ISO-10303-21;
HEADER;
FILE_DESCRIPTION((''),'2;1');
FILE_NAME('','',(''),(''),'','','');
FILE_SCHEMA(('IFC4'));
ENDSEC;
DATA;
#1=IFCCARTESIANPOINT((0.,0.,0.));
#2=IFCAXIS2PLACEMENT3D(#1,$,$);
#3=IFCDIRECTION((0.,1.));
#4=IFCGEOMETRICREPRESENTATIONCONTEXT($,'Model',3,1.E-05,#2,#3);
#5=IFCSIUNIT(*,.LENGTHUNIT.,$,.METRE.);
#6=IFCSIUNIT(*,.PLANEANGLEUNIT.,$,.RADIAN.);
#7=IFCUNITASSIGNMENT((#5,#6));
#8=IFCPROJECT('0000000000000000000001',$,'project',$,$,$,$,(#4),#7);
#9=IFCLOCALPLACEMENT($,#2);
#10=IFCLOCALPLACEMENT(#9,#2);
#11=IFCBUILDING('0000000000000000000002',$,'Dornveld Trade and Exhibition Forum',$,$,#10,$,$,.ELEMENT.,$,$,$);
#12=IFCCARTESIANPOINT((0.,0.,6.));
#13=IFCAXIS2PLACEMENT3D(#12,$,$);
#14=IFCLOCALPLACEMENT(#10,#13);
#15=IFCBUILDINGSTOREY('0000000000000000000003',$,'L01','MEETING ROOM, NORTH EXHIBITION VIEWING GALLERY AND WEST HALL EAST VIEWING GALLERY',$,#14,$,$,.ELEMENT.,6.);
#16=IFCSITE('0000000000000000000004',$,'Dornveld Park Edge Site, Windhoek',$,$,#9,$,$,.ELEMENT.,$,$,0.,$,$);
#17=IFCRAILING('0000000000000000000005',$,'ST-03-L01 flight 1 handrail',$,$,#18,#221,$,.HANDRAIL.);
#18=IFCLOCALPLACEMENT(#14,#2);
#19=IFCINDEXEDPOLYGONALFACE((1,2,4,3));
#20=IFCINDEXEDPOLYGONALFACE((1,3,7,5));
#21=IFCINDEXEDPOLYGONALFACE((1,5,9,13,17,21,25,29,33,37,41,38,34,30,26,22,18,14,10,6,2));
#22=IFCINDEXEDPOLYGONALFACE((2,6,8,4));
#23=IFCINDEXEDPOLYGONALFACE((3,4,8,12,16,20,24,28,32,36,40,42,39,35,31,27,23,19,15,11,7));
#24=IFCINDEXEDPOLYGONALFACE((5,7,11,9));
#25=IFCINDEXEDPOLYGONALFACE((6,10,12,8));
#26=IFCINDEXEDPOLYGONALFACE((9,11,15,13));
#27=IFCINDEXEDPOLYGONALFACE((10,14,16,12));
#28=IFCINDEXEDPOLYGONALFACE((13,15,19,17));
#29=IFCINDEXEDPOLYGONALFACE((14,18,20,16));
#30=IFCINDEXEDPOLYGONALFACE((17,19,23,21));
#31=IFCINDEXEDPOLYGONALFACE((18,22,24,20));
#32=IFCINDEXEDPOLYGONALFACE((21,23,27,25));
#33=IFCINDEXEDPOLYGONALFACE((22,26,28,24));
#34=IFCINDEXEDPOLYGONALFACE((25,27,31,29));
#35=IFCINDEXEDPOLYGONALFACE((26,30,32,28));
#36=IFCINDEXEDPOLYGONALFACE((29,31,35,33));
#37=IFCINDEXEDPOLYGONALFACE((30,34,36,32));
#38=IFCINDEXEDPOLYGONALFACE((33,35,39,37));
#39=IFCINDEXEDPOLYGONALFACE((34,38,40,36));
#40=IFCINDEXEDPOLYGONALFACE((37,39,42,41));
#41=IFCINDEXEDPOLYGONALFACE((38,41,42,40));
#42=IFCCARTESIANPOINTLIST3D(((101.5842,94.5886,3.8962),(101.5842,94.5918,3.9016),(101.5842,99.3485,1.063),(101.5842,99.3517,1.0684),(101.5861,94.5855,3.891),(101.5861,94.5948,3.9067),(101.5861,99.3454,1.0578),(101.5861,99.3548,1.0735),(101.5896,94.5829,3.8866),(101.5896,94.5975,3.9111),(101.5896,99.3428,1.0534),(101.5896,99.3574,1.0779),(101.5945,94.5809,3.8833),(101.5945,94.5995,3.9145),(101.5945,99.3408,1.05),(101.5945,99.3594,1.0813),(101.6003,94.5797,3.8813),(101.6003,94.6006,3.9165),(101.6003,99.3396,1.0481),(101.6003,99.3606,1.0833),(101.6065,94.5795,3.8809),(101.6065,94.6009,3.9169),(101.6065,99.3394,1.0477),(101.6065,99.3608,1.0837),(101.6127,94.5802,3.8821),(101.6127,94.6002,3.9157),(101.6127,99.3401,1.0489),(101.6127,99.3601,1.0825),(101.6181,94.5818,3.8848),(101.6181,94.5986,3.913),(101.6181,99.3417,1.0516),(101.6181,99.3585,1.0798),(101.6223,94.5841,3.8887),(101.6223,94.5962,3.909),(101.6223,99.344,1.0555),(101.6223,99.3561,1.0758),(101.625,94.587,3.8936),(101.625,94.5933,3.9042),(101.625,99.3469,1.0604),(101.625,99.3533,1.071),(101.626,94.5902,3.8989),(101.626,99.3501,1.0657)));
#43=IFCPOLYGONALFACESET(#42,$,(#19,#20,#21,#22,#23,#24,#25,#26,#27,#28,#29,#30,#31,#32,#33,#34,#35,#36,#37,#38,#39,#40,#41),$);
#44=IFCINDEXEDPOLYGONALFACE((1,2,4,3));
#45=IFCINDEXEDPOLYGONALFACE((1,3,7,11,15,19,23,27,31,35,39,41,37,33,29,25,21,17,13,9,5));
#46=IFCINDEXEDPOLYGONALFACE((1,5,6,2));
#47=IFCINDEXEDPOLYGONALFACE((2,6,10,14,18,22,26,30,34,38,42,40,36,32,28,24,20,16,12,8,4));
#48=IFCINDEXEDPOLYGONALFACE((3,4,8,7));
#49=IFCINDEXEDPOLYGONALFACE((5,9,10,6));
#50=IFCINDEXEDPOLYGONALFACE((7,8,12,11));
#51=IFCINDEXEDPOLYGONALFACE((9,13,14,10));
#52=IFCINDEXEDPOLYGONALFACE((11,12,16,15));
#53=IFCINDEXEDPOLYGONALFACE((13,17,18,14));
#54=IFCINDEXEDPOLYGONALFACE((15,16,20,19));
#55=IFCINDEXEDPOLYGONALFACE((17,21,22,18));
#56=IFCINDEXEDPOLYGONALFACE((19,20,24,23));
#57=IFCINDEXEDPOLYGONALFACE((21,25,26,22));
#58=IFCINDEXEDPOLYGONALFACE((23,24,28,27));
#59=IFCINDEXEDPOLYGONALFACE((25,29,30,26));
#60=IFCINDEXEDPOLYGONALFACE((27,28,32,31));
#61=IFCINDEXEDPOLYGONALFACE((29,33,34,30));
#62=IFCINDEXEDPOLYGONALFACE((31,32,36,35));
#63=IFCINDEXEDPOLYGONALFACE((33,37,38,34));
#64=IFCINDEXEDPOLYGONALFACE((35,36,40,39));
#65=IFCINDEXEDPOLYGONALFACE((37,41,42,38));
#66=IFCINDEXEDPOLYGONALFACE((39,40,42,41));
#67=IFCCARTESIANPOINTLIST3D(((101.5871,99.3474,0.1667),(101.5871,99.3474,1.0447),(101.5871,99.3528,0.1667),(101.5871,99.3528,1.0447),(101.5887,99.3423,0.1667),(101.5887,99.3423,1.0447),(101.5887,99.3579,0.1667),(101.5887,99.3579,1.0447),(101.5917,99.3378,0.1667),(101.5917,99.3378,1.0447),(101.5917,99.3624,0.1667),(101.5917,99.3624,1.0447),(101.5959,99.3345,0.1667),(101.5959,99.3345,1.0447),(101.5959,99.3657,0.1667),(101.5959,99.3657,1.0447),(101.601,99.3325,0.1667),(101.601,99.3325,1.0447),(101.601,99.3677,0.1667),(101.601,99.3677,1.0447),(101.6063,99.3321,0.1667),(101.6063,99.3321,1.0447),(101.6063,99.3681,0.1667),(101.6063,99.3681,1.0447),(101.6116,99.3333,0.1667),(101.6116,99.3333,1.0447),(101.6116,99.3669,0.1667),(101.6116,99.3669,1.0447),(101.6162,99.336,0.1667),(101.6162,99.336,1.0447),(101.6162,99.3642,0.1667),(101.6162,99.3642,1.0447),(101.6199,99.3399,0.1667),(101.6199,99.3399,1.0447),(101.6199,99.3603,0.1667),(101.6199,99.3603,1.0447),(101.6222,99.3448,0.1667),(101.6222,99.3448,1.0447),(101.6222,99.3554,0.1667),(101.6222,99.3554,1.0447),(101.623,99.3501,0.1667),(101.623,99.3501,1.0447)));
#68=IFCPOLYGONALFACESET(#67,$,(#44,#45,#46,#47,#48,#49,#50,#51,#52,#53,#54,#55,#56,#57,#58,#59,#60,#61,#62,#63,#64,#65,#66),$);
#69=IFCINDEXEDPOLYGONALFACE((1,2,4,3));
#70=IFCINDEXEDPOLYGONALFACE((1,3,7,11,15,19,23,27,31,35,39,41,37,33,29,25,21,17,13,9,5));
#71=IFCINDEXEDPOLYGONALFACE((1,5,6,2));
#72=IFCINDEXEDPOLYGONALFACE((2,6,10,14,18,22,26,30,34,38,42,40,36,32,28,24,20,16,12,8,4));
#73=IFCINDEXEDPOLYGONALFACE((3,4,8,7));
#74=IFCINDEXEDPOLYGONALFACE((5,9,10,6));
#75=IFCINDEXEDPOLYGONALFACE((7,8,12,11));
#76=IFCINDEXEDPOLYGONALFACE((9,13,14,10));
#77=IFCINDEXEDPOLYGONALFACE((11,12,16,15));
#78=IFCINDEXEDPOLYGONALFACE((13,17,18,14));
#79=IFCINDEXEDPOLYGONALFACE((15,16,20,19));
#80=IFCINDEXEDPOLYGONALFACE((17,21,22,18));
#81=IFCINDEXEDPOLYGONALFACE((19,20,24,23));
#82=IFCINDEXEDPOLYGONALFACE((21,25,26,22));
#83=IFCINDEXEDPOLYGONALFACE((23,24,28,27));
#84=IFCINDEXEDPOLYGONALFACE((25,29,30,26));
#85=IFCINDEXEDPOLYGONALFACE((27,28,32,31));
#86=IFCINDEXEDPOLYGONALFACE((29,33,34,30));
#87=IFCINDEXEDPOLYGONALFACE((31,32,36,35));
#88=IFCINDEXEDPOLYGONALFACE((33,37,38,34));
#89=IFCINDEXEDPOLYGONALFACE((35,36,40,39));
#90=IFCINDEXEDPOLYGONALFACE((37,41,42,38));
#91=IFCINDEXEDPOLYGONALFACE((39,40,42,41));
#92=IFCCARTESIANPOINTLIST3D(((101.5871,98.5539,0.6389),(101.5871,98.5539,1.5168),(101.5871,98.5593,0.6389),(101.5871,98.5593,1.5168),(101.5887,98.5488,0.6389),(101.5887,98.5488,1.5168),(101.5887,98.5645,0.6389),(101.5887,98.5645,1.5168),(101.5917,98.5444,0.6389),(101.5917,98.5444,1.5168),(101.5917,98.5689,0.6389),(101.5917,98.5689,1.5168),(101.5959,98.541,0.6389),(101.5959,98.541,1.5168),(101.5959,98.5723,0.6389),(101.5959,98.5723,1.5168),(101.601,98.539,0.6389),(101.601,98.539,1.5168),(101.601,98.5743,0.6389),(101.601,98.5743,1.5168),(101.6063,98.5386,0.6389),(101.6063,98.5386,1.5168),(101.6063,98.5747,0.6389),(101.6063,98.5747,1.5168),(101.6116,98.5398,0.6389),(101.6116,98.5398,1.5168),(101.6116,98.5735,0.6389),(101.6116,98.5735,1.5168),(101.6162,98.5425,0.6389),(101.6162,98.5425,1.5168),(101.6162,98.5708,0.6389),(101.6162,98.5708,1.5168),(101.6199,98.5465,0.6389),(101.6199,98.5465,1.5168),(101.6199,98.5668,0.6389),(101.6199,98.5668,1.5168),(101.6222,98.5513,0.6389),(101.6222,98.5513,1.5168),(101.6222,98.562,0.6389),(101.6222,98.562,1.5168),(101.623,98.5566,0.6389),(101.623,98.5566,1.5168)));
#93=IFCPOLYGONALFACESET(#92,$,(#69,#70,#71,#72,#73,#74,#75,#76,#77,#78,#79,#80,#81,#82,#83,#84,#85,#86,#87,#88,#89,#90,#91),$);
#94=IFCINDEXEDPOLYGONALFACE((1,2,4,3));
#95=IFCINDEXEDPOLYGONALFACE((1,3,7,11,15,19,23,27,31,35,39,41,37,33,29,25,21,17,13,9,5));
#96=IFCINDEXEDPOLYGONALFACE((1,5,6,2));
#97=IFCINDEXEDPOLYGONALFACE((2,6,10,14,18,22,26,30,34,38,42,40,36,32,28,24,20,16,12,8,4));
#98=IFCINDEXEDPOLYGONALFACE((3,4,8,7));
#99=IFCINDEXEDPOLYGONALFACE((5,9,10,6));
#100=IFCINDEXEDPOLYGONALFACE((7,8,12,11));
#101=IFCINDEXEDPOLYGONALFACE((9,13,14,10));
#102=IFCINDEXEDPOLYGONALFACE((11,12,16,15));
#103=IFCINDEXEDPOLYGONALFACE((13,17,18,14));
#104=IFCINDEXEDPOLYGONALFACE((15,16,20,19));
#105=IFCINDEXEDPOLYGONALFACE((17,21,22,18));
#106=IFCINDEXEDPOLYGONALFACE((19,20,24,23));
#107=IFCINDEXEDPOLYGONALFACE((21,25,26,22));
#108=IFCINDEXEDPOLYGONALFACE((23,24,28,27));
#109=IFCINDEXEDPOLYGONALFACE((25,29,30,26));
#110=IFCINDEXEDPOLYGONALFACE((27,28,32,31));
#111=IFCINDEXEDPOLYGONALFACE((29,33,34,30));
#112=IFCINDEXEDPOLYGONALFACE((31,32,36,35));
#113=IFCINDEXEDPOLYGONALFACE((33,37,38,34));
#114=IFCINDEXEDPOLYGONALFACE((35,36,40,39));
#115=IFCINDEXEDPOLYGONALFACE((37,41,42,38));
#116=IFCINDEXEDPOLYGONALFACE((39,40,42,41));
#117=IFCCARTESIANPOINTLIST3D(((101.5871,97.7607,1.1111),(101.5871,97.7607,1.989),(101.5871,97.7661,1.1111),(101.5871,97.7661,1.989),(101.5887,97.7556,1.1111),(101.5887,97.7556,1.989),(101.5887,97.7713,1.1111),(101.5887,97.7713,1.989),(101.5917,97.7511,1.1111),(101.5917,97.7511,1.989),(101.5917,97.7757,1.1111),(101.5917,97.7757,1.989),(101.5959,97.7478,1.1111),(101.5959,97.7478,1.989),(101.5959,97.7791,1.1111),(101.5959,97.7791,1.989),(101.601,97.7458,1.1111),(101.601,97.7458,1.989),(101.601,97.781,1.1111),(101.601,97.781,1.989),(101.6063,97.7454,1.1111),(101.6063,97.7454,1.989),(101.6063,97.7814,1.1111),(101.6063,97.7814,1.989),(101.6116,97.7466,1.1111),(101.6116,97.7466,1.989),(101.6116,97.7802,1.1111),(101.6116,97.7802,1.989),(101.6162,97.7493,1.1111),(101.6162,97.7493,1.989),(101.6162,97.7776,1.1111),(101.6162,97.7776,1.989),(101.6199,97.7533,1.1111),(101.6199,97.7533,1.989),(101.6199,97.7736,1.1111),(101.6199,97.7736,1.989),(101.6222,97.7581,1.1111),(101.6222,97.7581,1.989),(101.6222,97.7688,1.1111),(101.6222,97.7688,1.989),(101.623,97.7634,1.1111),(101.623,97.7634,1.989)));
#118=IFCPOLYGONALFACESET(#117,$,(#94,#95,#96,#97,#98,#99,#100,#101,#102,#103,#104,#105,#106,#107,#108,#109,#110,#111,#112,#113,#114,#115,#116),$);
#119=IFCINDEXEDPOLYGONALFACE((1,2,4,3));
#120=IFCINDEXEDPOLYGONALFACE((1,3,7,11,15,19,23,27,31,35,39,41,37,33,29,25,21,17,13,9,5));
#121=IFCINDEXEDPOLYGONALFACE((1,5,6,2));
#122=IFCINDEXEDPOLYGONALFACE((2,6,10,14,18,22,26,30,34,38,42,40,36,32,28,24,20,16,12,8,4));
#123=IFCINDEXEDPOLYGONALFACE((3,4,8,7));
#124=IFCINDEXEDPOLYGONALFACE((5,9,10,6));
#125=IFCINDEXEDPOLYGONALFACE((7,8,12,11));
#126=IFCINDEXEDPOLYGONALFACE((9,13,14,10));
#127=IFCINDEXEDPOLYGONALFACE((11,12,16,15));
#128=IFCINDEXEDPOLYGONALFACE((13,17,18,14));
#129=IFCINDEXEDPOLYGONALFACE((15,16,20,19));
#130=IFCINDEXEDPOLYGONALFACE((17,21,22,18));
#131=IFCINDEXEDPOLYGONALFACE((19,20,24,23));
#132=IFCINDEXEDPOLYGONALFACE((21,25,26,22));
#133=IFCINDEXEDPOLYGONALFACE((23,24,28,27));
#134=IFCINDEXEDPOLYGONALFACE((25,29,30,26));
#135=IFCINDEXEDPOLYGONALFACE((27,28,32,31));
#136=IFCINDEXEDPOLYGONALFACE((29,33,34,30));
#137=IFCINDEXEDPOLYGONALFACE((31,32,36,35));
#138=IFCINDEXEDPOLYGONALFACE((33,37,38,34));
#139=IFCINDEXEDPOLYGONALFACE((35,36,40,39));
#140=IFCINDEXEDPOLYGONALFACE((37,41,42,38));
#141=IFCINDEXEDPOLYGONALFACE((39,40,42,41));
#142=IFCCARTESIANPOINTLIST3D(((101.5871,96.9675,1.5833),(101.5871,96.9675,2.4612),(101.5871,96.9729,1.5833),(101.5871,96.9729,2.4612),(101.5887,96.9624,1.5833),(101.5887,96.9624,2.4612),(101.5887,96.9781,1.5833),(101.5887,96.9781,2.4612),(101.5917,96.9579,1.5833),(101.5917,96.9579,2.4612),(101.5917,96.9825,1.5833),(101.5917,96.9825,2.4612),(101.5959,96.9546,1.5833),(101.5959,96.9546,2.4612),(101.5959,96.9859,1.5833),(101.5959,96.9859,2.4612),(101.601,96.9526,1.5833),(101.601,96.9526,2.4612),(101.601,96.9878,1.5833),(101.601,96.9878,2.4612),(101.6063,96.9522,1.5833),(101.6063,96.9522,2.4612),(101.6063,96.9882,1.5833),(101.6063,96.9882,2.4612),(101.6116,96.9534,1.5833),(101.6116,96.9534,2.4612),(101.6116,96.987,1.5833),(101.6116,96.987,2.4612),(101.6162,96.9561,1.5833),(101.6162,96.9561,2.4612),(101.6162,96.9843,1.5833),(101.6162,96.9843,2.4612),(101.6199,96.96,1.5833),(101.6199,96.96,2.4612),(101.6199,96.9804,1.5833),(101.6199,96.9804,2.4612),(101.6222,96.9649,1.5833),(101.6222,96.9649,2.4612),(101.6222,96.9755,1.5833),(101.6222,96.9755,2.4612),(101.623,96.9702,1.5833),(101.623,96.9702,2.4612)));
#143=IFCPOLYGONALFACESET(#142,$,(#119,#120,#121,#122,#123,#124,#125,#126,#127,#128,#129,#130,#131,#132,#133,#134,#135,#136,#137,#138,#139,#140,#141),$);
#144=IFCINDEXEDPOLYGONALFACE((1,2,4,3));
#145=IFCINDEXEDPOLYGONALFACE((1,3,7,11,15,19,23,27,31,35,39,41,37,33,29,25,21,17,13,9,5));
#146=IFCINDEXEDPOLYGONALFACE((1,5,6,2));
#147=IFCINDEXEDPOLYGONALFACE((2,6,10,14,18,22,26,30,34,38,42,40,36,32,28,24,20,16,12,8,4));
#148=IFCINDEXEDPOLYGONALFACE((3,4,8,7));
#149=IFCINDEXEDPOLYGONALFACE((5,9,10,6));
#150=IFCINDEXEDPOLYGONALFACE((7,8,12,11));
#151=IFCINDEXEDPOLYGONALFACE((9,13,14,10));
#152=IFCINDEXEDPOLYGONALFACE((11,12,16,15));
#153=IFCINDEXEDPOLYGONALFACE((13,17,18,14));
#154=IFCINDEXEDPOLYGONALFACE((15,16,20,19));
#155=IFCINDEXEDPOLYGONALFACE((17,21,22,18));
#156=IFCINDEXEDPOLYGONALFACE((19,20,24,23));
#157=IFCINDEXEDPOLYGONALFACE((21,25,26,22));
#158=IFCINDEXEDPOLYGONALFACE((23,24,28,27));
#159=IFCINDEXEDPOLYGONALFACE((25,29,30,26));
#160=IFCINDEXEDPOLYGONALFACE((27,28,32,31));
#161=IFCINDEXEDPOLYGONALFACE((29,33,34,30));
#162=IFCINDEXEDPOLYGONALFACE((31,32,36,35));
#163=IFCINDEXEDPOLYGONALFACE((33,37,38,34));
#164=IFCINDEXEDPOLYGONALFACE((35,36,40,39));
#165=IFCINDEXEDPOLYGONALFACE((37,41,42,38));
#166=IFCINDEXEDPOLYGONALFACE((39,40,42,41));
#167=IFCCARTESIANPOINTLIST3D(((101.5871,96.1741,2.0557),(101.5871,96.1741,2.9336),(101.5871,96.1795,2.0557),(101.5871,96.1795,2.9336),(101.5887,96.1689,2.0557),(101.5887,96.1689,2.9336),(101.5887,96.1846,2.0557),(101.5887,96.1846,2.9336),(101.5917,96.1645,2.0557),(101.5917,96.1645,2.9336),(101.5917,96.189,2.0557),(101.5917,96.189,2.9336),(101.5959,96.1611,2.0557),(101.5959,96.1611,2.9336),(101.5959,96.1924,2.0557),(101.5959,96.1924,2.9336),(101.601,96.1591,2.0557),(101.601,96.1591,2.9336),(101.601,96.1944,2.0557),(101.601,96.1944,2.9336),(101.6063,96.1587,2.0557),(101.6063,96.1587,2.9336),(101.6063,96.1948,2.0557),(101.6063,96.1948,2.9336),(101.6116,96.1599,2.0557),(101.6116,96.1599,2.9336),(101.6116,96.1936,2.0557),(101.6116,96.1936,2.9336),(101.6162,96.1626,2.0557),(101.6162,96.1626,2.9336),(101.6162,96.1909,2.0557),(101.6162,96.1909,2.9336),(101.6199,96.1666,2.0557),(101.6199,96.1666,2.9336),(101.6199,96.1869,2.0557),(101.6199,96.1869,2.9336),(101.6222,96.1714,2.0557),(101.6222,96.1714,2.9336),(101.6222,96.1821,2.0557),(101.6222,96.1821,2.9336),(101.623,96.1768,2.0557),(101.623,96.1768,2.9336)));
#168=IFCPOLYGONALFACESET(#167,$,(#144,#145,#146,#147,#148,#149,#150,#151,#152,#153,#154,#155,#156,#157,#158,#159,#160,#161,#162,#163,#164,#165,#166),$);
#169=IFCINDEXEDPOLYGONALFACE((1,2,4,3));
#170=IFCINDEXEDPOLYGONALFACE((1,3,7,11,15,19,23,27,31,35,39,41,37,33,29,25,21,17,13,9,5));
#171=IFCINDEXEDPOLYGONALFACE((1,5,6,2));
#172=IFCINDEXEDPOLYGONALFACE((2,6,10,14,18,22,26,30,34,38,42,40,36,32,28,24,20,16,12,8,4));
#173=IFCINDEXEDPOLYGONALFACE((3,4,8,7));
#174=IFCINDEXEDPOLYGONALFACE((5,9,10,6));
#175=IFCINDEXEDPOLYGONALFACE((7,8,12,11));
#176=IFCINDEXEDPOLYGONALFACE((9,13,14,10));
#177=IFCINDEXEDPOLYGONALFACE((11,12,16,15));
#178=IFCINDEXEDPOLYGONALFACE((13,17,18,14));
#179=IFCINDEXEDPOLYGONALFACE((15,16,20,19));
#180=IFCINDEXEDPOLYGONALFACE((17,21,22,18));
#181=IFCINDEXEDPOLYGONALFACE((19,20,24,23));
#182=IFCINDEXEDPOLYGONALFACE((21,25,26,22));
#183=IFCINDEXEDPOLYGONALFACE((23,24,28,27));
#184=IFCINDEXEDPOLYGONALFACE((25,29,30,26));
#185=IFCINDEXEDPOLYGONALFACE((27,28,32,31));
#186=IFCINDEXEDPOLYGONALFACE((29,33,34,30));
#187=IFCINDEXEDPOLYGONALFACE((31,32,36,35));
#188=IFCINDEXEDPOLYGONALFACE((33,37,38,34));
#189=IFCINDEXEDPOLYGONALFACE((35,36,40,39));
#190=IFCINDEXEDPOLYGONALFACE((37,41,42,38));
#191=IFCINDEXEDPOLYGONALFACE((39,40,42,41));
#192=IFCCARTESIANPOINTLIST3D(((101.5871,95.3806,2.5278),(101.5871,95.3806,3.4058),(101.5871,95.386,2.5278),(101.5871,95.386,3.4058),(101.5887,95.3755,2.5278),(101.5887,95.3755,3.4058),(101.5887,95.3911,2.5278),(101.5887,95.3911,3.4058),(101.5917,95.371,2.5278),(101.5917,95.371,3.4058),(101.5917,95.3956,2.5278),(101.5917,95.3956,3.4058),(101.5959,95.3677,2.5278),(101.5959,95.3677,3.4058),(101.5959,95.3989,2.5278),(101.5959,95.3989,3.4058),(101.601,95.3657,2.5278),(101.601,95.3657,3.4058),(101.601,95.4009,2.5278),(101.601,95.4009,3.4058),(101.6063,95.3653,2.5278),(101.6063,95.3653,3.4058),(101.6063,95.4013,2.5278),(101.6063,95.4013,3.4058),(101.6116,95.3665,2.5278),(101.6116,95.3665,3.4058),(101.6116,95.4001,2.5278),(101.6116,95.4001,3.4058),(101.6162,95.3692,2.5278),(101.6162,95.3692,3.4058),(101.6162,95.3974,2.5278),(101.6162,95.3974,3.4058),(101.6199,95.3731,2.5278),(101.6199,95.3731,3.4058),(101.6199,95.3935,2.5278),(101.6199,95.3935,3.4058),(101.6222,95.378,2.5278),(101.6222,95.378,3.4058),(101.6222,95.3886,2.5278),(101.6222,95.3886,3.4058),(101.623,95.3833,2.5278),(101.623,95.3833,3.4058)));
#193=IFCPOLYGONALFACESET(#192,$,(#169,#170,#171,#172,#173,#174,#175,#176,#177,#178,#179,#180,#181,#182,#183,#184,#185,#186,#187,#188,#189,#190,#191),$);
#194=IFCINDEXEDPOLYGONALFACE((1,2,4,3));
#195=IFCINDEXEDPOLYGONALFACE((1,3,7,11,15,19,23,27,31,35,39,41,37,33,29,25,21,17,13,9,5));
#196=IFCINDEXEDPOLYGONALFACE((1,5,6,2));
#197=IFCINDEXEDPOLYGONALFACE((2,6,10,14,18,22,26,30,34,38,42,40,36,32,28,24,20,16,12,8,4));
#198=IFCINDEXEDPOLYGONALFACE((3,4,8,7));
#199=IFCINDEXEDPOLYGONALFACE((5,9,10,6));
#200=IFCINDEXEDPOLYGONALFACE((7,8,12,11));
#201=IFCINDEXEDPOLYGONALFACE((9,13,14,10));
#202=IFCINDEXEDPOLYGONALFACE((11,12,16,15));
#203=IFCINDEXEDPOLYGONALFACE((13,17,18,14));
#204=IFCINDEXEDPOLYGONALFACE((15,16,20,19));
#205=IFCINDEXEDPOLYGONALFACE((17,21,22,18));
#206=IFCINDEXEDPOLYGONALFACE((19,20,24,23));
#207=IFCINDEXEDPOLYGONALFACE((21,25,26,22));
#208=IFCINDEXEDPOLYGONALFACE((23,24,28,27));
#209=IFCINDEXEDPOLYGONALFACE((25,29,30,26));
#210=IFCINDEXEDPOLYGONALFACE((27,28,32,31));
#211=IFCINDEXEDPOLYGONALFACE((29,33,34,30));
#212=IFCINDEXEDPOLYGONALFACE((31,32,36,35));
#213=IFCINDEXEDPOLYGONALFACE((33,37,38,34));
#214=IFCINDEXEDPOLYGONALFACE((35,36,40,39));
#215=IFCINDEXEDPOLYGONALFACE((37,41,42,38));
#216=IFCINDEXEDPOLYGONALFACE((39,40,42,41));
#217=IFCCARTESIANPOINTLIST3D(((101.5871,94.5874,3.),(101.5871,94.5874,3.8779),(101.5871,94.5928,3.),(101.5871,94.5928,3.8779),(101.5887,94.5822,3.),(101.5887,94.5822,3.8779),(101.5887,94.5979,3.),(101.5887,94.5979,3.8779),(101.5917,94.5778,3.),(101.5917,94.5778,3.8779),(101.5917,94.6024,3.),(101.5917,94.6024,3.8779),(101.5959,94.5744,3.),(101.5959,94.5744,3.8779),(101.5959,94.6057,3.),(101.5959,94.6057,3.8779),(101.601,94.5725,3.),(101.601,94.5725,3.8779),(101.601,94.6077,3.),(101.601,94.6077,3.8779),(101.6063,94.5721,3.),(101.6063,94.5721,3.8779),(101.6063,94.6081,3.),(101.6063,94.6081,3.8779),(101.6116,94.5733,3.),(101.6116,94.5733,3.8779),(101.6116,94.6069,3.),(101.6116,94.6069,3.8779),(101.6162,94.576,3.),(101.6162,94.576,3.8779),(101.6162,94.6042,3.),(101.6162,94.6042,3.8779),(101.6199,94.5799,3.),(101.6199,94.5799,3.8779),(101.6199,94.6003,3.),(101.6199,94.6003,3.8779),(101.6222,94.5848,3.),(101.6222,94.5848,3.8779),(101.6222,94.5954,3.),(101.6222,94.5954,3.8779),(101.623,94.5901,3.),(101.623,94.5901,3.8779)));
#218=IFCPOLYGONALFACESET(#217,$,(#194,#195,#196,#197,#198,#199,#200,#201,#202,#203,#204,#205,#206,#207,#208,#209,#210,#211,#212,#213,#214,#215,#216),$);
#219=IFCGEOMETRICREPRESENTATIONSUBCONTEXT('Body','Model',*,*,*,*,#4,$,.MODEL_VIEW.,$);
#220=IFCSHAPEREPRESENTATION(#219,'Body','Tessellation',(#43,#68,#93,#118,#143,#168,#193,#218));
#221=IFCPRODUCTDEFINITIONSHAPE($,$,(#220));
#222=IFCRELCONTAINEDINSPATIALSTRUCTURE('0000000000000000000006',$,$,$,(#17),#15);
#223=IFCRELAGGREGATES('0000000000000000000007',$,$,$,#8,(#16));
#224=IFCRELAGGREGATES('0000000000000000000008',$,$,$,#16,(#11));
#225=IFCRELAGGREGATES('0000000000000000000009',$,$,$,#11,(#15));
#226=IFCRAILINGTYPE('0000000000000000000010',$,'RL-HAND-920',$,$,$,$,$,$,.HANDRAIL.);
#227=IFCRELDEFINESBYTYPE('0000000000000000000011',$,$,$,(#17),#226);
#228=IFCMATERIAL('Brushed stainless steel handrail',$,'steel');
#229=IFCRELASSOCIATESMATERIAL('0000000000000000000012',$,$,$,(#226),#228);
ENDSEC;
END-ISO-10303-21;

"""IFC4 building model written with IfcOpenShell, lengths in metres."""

from ifc_helpers import new_model, si_unit, direction, frame, origin, origin_2d, place, context, subcontext, project, spatial, circle, extrude, material, type_object, element, save


model = new_model("IFC4")

# Units and contexts
model_context = context("Model", 3, precision=1e-05, world=origin(), true_north=direction((0.0, 1.0)))
body_context = subcontext(model_context, "Body", "Model", "MODEL_VIEW")
ifc_project = project(units=[si_unit("LENGTHUNIT", "METRE"), si_unit("PLANEANGLEUNIT", "RADIAN")], contexts=[model_context])

# Site, building, storey
site_placement = place(None, origin())
site = spatial("IfcSite", under=ifc_project, at=site_placement, Name="Dornveld Park Edge Site, Windhoek", CompositionType="ELEMENT", RefElevation=0.0)
building_placement = place(site_placement, origin())
building = spatial("IfcBuilding", under=site, at=building_placement, Name="Dornveld Trade and Exhibition Forum", CompositionType="ELEMENT")
storey_placement = place(building_placement, frame((0.0, 0.0, 6.0)))
storey = spatial("IfcBuildingStorey", under=building, at=storey_placement, Name="L01", Description="MEETING ROOM, NORTH EXHIBITION VIEWING GALLERY AND WEST HALL EAST VIEWING GALLERY", CompositionType="ELEMENT", Elevation=6.0)

# Railing
ifc_material_1 = material(Name="Brushed stainless steel handrail", Category="steel")
railing_type_1 = type_object("IfcRailingType", Name="RL-HAND-920", PredefinedType="HANDRAIL", material=ifc_material_1)
railing_1_placement = place(storey_placement, frame((101.605, 99.3501, 0.1667)))
element("IfcRailing", 1, at=railing_1_placement, inside=storey, type_object=railing_type_1, Name="ST-03-L01 flight 1 handrail", PredefinedType="HANDRAIL", context=body_context, shape_type="SweptSolid", body=[
    extrude(circle(Radius=0.021, at=origin_2d()), frame((0.0, 0.0, 0.8989), z_axis=(0.0, -0.8593, 0.511472), x_axis=(1.0, 0.0, 0.0)), (0.0, 0.0, 1.0), 5.5393),
    extrude(circle(Radius=0.0181, at=origin_2d()), origin(), (0.0, 0.0, 1.0), 0.8779),
    extrude(circle(Radius=0.0181, at=origin_2d()), frame((0.0, -0.7935, 0.4722)), (0.0, 0.0, 1.0), 0.8779),
    extrude(circle(Radius=0.0181, at=origin_2d()), frame((0.0, -1.5867, 0.9443)), (0.0, 0.0, 1.0), 0.8779),
    extrude(circle(Radius=0.0181, at=origin_2d()), frame((0.0, -2.3799, 1.4165)), (0.0, 0.0, 1.0), 0.8779),
    extrude(circle(Radius=0.0181, at=origin_2d()), frame((0.0, -3.1733, 1.8889)), (0.0, 0.0, 1.0), 0.8779),
    extrude(circle(Radius=0.0181, at=origin_2d()), frame((0.0, -3.9668, 2.3611)), (0.0, 0.0, 1.0), 0.8779),
    extrude(circle(Radius=0.0181, at=origin_2d()), frame((0.0, -4.76, 2.8333)), (0.0, 0.0, 1.0), 0.8779),
])

save(model, "model.ifc")
